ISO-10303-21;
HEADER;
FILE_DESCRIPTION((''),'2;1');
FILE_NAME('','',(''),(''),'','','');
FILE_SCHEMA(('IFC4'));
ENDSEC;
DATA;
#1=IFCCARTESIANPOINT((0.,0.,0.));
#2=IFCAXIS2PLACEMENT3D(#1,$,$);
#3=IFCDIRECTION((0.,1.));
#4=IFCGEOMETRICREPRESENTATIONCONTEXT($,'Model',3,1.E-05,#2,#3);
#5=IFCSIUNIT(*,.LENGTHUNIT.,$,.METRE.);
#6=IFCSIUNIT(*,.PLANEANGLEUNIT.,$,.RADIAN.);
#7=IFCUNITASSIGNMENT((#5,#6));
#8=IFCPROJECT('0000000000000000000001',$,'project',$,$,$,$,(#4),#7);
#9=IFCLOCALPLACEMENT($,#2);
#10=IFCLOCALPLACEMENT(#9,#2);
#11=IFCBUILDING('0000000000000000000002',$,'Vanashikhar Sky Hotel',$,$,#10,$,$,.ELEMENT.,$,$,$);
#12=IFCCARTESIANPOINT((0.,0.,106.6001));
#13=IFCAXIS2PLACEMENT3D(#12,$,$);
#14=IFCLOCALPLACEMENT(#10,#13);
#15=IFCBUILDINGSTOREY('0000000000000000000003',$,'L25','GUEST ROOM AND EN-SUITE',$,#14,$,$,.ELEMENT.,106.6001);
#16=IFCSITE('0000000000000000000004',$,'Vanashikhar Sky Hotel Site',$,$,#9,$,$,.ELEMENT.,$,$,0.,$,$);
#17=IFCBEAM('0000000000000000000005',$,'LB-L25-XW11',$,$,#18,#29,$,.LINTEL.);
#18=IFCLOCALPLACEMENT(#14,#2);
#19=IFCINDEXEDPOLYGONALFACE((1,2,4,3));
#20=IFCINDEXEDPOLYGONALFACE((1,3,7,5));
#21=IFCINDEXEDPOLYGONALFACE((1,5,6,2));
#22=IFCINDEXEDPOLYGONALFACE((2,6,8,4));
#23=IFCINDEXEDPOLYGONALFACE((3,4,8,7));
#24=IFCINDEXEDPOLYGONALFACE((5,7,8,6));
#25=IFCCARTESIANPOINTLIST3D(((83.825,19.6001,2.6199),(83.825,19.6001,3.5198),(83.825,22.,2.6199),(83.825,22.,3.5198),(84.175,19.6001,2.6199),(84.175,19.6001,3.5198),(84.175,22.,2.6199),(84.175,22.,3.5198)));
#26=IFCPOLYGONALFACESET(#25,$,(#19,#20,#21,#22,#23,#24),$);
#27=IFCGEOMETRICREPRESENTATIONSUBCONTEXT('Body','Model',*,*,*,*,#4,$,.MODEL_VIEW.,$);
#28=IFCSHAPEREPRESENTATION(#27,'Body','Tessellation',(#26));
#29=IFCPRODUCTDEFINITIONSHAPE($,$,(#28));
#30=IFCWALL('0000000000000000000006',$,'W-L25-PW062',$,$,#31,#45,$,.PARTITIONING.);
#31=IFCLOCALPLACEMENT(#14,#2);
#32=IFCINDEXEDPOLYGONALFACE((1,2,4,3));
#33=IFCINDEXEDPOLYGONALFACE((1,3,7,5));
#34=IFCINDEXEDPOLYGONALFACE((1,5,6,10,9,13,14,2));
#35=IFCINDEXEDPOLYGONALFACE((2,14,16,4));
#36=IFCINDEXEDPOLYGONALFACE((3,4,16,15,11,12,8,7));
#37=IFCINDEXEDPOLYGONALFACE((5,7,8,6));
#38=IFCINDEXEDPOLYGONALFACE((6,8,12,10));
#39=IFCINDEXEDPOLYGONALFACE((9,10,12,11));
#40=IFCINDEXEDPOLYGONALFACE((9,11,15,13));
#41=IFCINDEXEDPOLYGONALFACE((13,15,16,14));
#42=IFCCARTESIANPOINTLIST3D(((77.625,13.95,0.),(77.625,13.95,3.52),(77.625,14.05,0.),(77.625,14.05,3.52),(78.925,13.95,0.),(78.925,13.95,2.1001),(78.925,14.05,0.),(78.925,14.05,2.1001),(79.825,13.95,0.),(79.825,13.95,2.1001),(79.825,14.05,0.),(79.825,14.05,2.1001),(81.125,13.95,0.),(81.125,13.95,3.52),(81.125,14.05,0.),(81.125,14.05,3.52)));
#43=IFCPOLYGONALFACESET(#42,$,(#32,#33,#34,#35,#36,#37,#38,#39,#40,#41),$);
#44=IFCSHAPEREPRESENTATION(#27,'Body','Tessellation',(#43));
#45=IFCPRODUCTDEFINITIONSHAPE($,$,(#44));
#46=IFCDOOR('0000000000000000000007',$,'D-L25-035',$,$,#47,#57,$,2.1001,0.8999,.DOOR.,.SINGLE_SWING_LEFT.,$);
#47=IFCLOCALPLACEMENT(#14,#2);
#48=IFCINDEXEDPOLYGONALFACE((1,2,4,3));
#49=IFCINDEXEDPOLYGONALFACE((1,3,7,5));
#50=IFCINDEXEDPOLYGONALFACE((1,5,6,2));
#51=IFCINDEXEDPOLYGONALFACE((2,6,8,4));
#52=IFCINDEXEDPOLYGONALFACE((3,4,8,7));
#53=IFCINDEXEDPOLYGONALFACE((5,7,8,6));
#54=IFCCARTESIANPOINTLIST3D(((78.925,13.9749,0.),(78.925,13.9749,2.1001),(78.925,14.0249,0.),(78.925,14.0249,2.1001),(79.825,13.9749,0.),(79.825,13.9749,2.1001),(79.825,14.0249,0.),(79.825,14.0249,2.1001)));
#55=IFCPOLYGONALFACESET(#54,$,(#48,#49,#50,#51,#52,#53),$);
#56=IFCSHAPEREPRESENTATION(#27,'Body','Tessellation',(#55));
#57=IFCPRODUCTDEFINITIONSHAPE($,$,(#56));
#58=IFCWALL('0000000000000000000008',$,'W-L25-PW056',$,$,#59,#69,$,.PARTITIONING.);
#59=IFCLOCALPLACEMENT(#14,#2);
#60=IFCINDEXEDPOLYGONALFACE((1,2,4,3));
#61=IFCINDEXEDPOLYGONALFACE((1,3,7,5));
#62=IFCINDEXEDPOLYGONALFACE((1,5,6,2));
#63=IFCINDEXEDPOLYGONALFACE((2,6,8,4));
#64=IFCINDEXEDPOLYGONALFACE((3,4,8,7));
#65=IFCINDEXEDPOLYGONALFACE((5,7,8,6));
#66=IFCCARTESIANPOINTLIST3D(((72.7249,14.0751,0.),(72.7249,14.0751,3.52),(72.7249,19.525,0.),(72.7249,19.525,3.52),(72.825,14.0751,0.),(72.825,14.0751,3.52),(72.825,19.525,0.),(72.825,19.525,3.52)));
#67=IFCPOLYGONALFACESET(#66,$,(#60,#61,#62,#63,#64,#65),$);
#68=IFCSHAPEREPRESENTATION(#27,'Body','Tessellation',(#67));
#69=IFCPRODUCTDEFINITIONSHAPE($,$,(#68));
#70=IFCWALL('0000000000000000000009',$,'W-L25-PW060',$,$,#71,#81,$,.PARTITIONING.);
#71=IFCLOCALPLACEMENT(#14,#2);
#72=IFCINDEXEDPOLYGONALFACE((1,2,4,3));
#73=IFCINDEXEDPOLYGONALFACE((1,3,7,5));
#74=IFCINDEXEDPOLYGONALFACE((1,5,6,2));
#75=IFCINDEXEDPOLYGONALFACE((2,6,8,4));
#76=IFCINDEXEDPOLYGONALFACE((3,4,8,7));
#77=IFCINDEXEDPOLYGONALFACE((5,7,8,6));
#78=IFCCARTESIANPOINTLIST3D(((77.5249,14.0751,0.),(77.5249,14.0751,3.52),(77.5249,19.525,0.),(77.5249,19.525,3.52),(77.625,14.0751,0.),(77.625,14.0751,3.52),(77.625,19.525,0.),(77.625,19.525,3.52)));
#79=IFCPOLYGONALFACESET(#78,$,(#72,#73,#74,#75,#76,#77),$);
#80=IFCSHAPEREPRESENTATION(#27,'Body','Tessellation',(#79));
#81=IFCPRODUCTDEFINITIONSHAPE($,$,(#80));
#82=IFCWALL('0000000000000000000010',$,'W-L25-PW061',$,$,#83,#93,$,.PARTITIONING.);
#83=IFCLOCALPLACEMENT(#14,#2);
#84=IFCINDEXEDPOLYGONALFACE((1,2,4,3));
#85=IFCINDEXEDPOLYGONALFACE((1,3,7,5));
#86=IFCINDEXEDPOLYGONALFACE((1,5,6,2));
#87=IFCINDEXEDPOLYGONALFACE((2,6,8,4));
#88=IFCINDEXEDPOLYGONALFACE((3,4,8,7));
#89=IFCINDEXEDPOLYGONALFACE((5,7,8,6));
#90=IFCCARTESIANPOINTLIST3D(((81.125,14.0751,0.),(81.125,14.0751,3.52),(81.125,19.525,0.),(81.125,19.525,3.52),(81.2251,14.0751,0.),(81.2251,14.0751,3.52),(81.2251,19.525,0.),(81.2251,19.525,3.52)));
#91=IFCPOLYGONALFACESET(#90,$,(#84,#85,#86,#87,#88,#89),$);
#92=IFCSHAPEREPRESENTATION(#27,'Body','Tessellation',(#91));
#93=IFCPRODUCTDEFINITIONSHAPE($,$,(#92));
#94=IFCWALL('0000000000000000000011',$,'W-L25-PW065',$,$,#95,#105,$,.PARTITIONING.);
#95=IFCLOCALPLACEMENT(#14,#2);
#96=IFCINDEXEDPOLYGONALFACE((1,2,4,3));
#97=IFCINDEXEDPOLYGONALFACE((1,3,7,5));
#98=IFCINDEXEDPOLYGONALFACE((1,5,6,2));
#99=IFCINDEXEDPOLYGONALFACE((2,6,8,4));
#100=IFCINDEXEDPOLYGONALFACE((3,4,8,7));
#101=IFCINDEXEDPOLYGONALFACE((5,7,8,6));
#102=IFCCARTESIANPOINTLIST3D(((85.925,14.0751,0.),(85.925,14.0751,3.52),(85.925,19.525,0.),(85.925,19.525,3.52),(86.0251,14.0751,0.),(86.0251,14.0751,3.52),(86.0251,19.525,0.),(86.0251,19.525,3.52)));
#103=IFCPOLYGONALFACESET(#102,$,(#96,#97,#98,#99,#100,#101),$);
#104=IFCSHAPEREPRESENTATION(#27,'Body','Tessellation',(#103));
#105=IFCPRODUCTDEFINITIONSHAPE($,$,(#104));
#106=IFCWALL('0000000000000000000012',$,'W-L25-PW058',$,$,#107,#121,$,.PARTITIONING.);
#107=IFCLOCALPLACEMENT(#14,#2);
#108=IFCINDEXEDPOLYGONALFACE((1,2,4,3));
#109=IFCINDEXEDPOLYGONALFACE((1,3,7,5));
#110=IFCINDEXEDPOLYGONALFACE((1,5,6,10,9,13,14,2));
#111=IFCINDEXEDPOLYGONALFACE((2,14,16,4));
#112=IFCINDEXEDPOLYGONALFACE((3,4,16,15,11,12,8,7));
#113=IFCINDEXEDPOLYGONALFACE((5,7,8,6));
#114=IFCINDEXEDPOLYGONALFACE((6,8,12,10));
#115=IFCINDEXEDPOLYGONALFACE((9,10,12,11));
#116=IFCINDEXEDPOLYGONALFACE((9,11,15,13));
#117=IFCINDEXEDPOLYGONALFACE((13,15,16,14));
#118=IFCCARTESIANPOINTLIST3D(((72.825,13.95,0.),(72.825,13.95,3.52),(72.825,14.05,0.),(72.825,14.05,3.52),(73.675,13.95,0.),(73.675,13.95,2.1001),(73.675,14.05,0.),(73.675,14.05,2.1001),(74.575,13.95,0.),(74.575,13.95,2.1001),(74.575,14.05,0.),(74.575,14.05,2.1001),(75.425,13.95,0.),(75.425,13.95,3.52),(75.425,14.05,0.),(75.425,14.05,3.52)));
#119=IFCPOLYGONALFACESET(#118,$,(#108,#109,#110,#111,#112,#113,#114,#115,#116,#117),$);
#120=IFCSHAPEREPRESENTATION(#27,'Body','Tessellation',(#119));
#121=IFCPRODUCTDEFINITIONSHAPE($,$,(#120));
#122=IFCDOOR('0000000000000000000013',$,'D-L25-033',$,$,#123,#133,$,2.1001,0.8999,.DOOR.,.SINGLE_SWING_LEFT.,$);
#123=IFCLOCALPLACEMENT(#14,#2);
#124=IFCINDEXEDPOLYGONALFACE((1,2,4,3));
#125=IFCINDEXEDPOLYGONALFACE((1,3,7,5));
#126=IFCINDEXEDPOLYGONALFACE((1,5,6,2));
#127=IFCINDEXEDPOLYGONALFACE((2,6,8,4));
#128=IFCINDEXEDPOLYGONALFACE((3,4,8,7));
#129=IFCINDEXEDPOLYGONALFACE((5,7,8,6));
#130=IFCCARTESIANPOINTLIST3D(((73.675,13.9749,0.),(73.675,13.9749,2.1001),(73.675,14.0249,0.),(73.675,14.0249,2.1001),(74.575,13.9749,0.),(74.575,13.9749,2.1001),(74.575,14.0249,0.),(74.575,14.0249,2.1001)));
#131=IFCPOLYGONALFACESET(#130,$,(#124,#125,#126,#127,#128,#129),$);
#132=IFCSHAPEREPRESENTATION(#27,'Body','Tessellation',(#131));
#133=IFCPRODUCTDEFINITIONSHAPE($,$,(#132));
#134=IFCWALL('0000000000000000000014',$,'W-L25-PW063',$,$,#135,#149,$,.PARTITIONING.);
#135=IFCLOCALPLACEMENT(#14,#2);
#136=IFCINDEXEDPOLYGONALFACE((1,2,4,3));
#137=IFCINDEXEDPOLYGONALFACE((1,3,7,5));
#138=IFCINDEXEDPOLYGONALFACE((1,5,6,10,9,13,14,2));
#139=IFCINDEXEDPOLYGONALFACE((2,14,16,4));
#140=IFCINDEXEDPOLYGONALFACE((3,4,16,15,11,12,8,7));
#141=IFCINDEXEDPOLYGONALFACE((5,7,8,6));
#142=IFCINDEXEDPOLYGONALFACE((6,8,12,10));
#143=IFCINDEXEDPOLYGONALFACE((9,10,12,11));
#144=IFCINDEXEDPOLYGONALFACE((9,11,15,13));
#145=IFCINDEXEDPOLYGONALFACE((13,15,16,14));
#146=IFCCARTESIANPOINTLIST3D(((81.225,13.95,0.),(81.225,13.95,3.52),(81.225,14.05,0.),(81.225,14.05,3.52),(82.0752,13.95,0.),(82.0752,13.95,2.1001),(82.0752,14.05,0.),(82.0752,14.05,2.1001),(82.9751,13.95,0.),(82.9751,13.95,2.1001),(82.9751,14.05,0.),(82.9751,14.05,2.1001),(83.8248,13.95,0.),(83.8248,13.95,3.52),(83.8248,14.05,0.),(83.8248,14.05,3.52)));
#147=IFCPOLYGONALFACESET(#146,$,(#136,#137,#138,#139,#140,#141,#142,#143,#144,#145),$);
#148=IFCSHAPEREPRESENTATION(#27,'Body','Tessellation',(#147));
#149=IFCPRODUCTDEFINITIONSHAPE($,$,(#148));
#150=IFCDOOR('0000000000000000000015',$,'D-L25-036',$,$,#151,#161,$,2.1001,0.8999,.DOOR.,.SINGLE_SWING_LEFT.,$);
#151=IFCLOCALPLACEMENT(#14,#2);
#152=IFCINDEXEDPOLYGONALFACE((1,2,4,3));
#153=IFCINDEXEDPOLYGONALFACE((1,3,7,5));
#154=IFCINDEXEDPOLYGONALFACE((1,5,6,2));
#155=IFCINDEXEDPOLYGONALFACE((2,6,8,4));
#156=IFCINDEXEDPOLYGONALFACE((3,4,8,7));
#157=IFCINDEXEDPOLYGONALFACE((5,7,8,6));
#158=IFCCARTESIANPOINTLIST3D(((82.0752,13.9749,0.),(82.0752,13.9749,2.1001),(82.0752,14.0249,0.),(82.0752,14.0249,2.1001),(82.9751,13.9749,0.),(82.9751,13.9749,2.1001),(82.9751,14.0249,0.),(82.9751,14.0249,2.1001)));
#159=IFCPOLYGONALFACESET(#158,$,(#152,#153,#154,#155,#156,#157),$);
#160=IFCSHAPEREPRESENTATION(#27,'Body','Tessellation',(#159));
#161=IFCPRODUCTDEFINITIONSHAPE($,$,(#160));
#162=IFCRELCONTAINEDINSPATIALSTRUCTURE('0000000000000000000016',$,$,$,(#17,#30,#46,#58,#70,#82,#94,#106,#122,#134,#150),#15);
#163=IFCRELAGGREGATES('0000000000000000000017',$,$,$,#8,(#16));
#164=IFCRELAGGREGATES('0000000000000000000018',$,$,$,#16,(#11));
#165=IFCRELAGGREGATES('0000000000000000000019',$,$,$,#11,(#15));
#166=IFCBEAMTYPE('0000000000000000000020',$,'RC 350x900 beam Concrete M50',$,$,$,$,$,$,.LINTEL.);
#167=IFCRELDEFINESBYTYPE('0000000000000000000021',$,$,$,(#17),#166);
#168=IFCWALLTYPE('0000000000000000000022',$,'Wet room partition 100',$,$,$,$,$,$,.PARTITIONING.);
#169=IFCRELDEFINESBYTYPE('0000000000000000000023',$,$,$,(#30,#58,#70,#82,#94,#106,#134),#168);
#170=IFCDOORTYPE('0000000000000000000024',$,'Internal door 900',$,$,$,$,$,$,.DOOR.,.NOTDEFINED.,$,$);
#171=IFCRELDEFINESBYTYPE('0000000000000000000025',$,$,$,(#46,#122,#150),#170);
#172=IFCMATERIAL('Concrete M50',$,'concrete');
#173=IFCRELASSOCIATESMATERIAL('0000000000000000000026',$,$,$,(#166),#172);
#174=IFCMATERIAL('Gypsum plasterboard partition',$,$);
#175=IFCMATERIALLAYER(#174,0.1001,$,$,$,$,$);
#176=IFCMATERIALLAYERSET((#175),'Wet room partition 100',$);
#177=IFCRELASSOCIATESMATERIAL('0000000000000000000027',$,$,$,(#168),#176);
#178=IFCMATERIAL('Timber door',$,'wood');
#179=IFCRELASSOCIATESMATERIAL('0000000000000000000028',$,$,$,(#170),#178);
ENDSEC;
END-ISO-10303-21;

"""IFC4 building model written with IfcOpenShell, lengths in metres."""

from ifc_helpers import new_model, si_unit, direction, frame, frame_2d, origin, origin_2d, place, context, subcontext, project, spatial, rectangle, extrude, source, transform, mapped, material, layer, layer_set, material_profile, profile_set, type_object, element, fill, save


model = new_model("IFC4")

# Units and contexts
model_context = context("Model", 3, precision=1e-05, world=origin(), true_north=direction((0.0, 1.0)))
body_context = subcontext(model_context, "Body", "Model", "MODEL_VIEW")
ifc_project = project(units=[si_unit("LENGTHUNIT", "METRE"), si_unit("PLANEANGLEUNIT", "RADIAN")], contexts=[model_context])

# Site, building, storey
site_placement = place(None, origin())
site = spatial("IfcSite", under=ifc_project, at=site_placement, Name="Vanashikhar Sky Hotel Site", CompositionType="ELEMENT", RefElevation=0.0)
building_placement = place(site_placement, origin())
building = spatial("IfcBuilding", under=site, at=building_placement, Name="Vanashikhar Sky Hotel", CompositionType="ELEMENT")
storey_placement = place(building_placement, frame((0.0, 0.0, 106.6001)))
storey = spatial("IfcBuildingStorey", under=building, at=storey_placement, Name="L25", Description="GUEST ROOM AND EN-SUITE", CompositionType="ELEMENT", Elevation=106.6001)

# Beam
ifc_material_1 = material(Name="Concrete M50", Category="concrete")
ifc_material_profile = material_profile(ifc_material_1, rectangle(XDim=0.3501, YDim=0.8999, at=origin_2d()))
ifc_profile_set = profile_set([ifc_material_profile], Name="RC 350x900 beam Concrete M50")
beam_type = type_object("IfcBeamType", Name="RC 350x900 beam Concrete M50", PredefinedType="LINTEL", material=ifc_profile_set)
shared_shape_1 = source(origin(), body_context, "Body", "SweptSolid", [
    extrude(rectangle(XDim=0.3501, YDim=0.8999, at=origin_2d()), origin(), (0.0, 0.0, 1.0), 2.3999),
])
beam_placement = place(storey_placement, frame((84.0, 19.6001, 3.0698), z_axis=(0.0, 1.0, 0.0), x_axis=(-1.0, 0.0, 0.0)))
element("IfcBeam", 1, at=beam_placement, inside=storey, type_object=beam_type, Name="LB-L25-XW11", PredefinedType="LINTEL", context=body_context, shape_type="MappedRepresentation", body=[
    mapped(shared_shape_1, transform((0.0, 0.0, 0.0), scale=1.0)),
])

# Wall, opening, door
ifc_material_2 = material(Name="Gypsum plasterboard partition")
ifc_layer_1 = layer(ifc_material_2, 0.1001)
ifc_layer_set_1 = layer_set([ifc_layer_1], Name="Wet room partition 100")
wall_type_1 = type_object("IfcWallType", Name="Wet room partition 100", PredefinedType="PARTITIONING", material=ifc_layer_set_1)
shared_shape_2 = source(origin(), body_context, "Body", "SweptSolid", [
    extrude(rectangle(XDim=3.5, YDim=0.1001, at=frame_2d((1.75, 0.0))), origin(), (0.0, 0.0, 1.0), 3.52),
])
wall_1_placement = place(storey_placement, frame((77.625, 14.0, 0.0), z_axis=(0.0, 0.0, 1.0), x_axis=(1.0, 0.0, 0.0)))
wall_1 = element("IfcWall", 2, at=wall_1_placement, inside=storey, type_object=wall_type_1, Name="W-L25-PW062", PredefinedType="PARTITIONING", context=body_context, shape_type="MappedRepresentation", body=[
    mapped(shared_shape_2, transform((0.0, 0.0, 0.0), scale=1.0)),
])
shared_shape_3 = source(origin(), body_context, "Body", "SweptSolid", [
    extrude(rectangle(XDim=0.8999, YDim=2.1001, at=frame_2d((0.45, 1.05))), frame((0.0, 0.0601, 0.0), z_axis=(0.0, -1.0, 0.0), x_axis=(1.0, 0.0, 0.0)), (0.0, 0.0, 1.0), 0.1201),
])
opening_1_placement = place(wall_1_placement, frame((1.3, 0.0, 0.0)))
opening_1 = element("IfcOpeningElement", 3, at=opening_1_placement, cuts=wall_1, PredefinedType="OPENING", context=body_context, shape_type="MappedRepresentation", body=[
    mapped(shared_shape_3, transform((0.0, 0.0, 0.0), scale=1.0)),
])
ifc_material_3 = material(Name="Timber door", Category="wood")
door_type_1 = type_object("IfcDoorType", Name="Internal door 900", OperationType="NOTDEFINED", PredefinedType="DOOR", material=ifc_material_3)
shared_shape_4 = source(origin(), body_context, "Body", "SweptSolid", [
    extrude(rectangle(XDim=0.8999, YDim=2.1001, at=frame_2d((0.45, 1.05))), frame((0.0, 0.0249, 0.0), z_axis=(0.0, -1.0, 0.0), x_axis=(1.0, 0.0, 0.0)), (0.0, 0.0, 1.0), 0.05),
])
door_1_placement = place(opening_1_placement, origin())
door_1 = element("IfcDoor", 4, at=door_1_placement, inside=storey, type_object=door_type_1, Name="D-L25-035", OperationType="SINGLE_SWING_LEFT", OverallHeight=2.1001, OverallWidth=0.8999, PredefinedType="DOOR", context=body_context, shape_type="MappedRepresentation", body=[
    mapped(shared_shape_4, transform((0.0, 0.0, 0.0), scale=1.0)),
])
fill(opening_1, door_1)

# Walls
shared_shape_5 = source(origin(), body_context, "Body", "SweptSolid", [
    extrude(rectangle(XDim=5.45, YDim=0.1001, at=frame_2d((2.7251, 0.0))), origin(), (0.0, 0.0, 1.0), 3.52),
])
for number, where, z_axis, x_axis, name in (
    (5, (72.7749, 14.075, 0.0), (0.0, 0.0, 1.0), (0.0, 1.0, 0.0), "W-L25-PW056"),
    (6, (77.575, 14.075, 0.0), (0.0, 0.0, 1.0), (0.0, 1.0, 0.0), "W-L25-PW060"),
    (7, (81.175, 14.075, 0.0), (0.0, 0.0, 1.0), (0.0, 1.0, 0.0), "W-L25-PW061"),
    (8, (85.9751, 14.075, 0.0), (0.0, 0.0, 1.0), (0.0, 1.0, 0.0), "W-L25-PW065"),
):
    element("IfcWall", number, at=place(storey_placement, frame(where, z_axis=z_axis, x_axis=x_axis)), inside=storey, type_object=wall_type_1, Name=name, PredefinedType="PARTITIONING", context=body_context, shape_type="MappedRepresentation", body=[
        mapped(shared_shape_5, transform((0.0, 0.0, 0.0), scale=1.0)),
    ])

# Walls, openings, doors
shared_shape_6 = source(origin(), body_context, "Body", "SweptSolid", [
    extrude(rectangle(XDim=2.6001, YDim=0.1001, at=frame_2d((1.3, 0.0))), origin(), (0.0, 0.0, 1.0), 3.52),
])
wall_2_placement = place(storey_placement, frame((72.825, 14.0, 0.0), z_axis=(0.0, 0.0, 1.0), x_axis=(1.0, 0.0, 0.0)))
wall_2 = element("IfcWall", 9, at=wall_2_placement, inside=storey, type_object=wall_type_1, Name="W-L25-PW058", PredefinedType="PARTITIONING", context=body_context, shape_type="MappedRepresentation", body=[
    mapped(shared_shape_6, transform((0.0, 0.0, 0.0), scale=1.0)),
])
opening_2_placement = place(wall_2_placement, frame((0.8501, 0.0, 0.0)))
opening_2 = element("IfcOpeningElement", 10, at=opening_2_placement, cuts=wall_2, PredefinedType="OPENING", context=body_context, shape_type="MappedRepresentation", body=[
    mapped(shared_shape_3, transform((0.0, 0.0, 0.0), scale=1.0)),
])
door_2_placement = place(opening_2_placement, origin())
door_2 = element("IfcDoor", 11, at=door_2_placement, inside=storey, type_object=door_type_1, Name="D-L25-033", OperationType="SINGLE_SWING_LEFT", OverallHeight=2.1001, OverallWidth=0.8999, PredefinedType="DOOR", context=body_context, shape_type="MappedRepresentation", body=[
    mapped(shared_shape_4, transform((0.0, 0.0, 0.0), scale=1.0)),
])
fill(opening_2, door_2)
shared_shape_7 = source(origin(), body_context, "Body", "SweptSolid", [
    extrude(rectangle(XDim=2.5999, YDim=0.1001, at=frame_2d((1.2998, 0.0))), origin(), (0.0, 0.0, 1.0), 3.52),
])
wall_3_placement = place(storey_placement, frame((81.2251, 14.0, 0.0), z_axis=(0.0, 0.0, 1.0), x_axis=(1.0, 0.0, 0.0)))
wall_3 = element("IfcWall", 12, at=wall_3_placement, inside=storey, type_object=wall_type_1, Name="W-L25-PW063", PredefinedType="PARTITIONING", context=body_context, shape_type="MappedRepresentation", body=[
    mapped(shared_shape_7, transform((0.0, 0.0, 0.0), scale=1.0)),
])
opening_3_placement = place(wall_3_placement, frame((0.8501, 0.0, 0.0)))
opening_3 = element("IfcOpeningElement", 13, at=opening_3_placement, cuts=wall_3, PredefinedType="OPENING", context=body_context, shape_type="MappedRepresentation", body=[
    mapped(shared_shape_3, transform((0.0, 0.0, 0.0), scale=1.0)),
])
door_3_placement = place(opening_3_placement, origin())
door_3 = element("IfcDoor", 14, at=door_3_placement, inside=storey, type_object=door_type_1, Name="D-L25-036", OperationType="SINGLE_SWING_LEFT", OverallHeight=2.1001, OverallWidth=0.8999, PredefinedType="DOOR", context=body_context, shape_type="MappedRepresentation", body=[
    mapped(shared_shape_4, transform((0.0, 0.0, 0.0), scale=1.0)),
])
fill(opening_3, door_3)

save(model, "model.ifc")
